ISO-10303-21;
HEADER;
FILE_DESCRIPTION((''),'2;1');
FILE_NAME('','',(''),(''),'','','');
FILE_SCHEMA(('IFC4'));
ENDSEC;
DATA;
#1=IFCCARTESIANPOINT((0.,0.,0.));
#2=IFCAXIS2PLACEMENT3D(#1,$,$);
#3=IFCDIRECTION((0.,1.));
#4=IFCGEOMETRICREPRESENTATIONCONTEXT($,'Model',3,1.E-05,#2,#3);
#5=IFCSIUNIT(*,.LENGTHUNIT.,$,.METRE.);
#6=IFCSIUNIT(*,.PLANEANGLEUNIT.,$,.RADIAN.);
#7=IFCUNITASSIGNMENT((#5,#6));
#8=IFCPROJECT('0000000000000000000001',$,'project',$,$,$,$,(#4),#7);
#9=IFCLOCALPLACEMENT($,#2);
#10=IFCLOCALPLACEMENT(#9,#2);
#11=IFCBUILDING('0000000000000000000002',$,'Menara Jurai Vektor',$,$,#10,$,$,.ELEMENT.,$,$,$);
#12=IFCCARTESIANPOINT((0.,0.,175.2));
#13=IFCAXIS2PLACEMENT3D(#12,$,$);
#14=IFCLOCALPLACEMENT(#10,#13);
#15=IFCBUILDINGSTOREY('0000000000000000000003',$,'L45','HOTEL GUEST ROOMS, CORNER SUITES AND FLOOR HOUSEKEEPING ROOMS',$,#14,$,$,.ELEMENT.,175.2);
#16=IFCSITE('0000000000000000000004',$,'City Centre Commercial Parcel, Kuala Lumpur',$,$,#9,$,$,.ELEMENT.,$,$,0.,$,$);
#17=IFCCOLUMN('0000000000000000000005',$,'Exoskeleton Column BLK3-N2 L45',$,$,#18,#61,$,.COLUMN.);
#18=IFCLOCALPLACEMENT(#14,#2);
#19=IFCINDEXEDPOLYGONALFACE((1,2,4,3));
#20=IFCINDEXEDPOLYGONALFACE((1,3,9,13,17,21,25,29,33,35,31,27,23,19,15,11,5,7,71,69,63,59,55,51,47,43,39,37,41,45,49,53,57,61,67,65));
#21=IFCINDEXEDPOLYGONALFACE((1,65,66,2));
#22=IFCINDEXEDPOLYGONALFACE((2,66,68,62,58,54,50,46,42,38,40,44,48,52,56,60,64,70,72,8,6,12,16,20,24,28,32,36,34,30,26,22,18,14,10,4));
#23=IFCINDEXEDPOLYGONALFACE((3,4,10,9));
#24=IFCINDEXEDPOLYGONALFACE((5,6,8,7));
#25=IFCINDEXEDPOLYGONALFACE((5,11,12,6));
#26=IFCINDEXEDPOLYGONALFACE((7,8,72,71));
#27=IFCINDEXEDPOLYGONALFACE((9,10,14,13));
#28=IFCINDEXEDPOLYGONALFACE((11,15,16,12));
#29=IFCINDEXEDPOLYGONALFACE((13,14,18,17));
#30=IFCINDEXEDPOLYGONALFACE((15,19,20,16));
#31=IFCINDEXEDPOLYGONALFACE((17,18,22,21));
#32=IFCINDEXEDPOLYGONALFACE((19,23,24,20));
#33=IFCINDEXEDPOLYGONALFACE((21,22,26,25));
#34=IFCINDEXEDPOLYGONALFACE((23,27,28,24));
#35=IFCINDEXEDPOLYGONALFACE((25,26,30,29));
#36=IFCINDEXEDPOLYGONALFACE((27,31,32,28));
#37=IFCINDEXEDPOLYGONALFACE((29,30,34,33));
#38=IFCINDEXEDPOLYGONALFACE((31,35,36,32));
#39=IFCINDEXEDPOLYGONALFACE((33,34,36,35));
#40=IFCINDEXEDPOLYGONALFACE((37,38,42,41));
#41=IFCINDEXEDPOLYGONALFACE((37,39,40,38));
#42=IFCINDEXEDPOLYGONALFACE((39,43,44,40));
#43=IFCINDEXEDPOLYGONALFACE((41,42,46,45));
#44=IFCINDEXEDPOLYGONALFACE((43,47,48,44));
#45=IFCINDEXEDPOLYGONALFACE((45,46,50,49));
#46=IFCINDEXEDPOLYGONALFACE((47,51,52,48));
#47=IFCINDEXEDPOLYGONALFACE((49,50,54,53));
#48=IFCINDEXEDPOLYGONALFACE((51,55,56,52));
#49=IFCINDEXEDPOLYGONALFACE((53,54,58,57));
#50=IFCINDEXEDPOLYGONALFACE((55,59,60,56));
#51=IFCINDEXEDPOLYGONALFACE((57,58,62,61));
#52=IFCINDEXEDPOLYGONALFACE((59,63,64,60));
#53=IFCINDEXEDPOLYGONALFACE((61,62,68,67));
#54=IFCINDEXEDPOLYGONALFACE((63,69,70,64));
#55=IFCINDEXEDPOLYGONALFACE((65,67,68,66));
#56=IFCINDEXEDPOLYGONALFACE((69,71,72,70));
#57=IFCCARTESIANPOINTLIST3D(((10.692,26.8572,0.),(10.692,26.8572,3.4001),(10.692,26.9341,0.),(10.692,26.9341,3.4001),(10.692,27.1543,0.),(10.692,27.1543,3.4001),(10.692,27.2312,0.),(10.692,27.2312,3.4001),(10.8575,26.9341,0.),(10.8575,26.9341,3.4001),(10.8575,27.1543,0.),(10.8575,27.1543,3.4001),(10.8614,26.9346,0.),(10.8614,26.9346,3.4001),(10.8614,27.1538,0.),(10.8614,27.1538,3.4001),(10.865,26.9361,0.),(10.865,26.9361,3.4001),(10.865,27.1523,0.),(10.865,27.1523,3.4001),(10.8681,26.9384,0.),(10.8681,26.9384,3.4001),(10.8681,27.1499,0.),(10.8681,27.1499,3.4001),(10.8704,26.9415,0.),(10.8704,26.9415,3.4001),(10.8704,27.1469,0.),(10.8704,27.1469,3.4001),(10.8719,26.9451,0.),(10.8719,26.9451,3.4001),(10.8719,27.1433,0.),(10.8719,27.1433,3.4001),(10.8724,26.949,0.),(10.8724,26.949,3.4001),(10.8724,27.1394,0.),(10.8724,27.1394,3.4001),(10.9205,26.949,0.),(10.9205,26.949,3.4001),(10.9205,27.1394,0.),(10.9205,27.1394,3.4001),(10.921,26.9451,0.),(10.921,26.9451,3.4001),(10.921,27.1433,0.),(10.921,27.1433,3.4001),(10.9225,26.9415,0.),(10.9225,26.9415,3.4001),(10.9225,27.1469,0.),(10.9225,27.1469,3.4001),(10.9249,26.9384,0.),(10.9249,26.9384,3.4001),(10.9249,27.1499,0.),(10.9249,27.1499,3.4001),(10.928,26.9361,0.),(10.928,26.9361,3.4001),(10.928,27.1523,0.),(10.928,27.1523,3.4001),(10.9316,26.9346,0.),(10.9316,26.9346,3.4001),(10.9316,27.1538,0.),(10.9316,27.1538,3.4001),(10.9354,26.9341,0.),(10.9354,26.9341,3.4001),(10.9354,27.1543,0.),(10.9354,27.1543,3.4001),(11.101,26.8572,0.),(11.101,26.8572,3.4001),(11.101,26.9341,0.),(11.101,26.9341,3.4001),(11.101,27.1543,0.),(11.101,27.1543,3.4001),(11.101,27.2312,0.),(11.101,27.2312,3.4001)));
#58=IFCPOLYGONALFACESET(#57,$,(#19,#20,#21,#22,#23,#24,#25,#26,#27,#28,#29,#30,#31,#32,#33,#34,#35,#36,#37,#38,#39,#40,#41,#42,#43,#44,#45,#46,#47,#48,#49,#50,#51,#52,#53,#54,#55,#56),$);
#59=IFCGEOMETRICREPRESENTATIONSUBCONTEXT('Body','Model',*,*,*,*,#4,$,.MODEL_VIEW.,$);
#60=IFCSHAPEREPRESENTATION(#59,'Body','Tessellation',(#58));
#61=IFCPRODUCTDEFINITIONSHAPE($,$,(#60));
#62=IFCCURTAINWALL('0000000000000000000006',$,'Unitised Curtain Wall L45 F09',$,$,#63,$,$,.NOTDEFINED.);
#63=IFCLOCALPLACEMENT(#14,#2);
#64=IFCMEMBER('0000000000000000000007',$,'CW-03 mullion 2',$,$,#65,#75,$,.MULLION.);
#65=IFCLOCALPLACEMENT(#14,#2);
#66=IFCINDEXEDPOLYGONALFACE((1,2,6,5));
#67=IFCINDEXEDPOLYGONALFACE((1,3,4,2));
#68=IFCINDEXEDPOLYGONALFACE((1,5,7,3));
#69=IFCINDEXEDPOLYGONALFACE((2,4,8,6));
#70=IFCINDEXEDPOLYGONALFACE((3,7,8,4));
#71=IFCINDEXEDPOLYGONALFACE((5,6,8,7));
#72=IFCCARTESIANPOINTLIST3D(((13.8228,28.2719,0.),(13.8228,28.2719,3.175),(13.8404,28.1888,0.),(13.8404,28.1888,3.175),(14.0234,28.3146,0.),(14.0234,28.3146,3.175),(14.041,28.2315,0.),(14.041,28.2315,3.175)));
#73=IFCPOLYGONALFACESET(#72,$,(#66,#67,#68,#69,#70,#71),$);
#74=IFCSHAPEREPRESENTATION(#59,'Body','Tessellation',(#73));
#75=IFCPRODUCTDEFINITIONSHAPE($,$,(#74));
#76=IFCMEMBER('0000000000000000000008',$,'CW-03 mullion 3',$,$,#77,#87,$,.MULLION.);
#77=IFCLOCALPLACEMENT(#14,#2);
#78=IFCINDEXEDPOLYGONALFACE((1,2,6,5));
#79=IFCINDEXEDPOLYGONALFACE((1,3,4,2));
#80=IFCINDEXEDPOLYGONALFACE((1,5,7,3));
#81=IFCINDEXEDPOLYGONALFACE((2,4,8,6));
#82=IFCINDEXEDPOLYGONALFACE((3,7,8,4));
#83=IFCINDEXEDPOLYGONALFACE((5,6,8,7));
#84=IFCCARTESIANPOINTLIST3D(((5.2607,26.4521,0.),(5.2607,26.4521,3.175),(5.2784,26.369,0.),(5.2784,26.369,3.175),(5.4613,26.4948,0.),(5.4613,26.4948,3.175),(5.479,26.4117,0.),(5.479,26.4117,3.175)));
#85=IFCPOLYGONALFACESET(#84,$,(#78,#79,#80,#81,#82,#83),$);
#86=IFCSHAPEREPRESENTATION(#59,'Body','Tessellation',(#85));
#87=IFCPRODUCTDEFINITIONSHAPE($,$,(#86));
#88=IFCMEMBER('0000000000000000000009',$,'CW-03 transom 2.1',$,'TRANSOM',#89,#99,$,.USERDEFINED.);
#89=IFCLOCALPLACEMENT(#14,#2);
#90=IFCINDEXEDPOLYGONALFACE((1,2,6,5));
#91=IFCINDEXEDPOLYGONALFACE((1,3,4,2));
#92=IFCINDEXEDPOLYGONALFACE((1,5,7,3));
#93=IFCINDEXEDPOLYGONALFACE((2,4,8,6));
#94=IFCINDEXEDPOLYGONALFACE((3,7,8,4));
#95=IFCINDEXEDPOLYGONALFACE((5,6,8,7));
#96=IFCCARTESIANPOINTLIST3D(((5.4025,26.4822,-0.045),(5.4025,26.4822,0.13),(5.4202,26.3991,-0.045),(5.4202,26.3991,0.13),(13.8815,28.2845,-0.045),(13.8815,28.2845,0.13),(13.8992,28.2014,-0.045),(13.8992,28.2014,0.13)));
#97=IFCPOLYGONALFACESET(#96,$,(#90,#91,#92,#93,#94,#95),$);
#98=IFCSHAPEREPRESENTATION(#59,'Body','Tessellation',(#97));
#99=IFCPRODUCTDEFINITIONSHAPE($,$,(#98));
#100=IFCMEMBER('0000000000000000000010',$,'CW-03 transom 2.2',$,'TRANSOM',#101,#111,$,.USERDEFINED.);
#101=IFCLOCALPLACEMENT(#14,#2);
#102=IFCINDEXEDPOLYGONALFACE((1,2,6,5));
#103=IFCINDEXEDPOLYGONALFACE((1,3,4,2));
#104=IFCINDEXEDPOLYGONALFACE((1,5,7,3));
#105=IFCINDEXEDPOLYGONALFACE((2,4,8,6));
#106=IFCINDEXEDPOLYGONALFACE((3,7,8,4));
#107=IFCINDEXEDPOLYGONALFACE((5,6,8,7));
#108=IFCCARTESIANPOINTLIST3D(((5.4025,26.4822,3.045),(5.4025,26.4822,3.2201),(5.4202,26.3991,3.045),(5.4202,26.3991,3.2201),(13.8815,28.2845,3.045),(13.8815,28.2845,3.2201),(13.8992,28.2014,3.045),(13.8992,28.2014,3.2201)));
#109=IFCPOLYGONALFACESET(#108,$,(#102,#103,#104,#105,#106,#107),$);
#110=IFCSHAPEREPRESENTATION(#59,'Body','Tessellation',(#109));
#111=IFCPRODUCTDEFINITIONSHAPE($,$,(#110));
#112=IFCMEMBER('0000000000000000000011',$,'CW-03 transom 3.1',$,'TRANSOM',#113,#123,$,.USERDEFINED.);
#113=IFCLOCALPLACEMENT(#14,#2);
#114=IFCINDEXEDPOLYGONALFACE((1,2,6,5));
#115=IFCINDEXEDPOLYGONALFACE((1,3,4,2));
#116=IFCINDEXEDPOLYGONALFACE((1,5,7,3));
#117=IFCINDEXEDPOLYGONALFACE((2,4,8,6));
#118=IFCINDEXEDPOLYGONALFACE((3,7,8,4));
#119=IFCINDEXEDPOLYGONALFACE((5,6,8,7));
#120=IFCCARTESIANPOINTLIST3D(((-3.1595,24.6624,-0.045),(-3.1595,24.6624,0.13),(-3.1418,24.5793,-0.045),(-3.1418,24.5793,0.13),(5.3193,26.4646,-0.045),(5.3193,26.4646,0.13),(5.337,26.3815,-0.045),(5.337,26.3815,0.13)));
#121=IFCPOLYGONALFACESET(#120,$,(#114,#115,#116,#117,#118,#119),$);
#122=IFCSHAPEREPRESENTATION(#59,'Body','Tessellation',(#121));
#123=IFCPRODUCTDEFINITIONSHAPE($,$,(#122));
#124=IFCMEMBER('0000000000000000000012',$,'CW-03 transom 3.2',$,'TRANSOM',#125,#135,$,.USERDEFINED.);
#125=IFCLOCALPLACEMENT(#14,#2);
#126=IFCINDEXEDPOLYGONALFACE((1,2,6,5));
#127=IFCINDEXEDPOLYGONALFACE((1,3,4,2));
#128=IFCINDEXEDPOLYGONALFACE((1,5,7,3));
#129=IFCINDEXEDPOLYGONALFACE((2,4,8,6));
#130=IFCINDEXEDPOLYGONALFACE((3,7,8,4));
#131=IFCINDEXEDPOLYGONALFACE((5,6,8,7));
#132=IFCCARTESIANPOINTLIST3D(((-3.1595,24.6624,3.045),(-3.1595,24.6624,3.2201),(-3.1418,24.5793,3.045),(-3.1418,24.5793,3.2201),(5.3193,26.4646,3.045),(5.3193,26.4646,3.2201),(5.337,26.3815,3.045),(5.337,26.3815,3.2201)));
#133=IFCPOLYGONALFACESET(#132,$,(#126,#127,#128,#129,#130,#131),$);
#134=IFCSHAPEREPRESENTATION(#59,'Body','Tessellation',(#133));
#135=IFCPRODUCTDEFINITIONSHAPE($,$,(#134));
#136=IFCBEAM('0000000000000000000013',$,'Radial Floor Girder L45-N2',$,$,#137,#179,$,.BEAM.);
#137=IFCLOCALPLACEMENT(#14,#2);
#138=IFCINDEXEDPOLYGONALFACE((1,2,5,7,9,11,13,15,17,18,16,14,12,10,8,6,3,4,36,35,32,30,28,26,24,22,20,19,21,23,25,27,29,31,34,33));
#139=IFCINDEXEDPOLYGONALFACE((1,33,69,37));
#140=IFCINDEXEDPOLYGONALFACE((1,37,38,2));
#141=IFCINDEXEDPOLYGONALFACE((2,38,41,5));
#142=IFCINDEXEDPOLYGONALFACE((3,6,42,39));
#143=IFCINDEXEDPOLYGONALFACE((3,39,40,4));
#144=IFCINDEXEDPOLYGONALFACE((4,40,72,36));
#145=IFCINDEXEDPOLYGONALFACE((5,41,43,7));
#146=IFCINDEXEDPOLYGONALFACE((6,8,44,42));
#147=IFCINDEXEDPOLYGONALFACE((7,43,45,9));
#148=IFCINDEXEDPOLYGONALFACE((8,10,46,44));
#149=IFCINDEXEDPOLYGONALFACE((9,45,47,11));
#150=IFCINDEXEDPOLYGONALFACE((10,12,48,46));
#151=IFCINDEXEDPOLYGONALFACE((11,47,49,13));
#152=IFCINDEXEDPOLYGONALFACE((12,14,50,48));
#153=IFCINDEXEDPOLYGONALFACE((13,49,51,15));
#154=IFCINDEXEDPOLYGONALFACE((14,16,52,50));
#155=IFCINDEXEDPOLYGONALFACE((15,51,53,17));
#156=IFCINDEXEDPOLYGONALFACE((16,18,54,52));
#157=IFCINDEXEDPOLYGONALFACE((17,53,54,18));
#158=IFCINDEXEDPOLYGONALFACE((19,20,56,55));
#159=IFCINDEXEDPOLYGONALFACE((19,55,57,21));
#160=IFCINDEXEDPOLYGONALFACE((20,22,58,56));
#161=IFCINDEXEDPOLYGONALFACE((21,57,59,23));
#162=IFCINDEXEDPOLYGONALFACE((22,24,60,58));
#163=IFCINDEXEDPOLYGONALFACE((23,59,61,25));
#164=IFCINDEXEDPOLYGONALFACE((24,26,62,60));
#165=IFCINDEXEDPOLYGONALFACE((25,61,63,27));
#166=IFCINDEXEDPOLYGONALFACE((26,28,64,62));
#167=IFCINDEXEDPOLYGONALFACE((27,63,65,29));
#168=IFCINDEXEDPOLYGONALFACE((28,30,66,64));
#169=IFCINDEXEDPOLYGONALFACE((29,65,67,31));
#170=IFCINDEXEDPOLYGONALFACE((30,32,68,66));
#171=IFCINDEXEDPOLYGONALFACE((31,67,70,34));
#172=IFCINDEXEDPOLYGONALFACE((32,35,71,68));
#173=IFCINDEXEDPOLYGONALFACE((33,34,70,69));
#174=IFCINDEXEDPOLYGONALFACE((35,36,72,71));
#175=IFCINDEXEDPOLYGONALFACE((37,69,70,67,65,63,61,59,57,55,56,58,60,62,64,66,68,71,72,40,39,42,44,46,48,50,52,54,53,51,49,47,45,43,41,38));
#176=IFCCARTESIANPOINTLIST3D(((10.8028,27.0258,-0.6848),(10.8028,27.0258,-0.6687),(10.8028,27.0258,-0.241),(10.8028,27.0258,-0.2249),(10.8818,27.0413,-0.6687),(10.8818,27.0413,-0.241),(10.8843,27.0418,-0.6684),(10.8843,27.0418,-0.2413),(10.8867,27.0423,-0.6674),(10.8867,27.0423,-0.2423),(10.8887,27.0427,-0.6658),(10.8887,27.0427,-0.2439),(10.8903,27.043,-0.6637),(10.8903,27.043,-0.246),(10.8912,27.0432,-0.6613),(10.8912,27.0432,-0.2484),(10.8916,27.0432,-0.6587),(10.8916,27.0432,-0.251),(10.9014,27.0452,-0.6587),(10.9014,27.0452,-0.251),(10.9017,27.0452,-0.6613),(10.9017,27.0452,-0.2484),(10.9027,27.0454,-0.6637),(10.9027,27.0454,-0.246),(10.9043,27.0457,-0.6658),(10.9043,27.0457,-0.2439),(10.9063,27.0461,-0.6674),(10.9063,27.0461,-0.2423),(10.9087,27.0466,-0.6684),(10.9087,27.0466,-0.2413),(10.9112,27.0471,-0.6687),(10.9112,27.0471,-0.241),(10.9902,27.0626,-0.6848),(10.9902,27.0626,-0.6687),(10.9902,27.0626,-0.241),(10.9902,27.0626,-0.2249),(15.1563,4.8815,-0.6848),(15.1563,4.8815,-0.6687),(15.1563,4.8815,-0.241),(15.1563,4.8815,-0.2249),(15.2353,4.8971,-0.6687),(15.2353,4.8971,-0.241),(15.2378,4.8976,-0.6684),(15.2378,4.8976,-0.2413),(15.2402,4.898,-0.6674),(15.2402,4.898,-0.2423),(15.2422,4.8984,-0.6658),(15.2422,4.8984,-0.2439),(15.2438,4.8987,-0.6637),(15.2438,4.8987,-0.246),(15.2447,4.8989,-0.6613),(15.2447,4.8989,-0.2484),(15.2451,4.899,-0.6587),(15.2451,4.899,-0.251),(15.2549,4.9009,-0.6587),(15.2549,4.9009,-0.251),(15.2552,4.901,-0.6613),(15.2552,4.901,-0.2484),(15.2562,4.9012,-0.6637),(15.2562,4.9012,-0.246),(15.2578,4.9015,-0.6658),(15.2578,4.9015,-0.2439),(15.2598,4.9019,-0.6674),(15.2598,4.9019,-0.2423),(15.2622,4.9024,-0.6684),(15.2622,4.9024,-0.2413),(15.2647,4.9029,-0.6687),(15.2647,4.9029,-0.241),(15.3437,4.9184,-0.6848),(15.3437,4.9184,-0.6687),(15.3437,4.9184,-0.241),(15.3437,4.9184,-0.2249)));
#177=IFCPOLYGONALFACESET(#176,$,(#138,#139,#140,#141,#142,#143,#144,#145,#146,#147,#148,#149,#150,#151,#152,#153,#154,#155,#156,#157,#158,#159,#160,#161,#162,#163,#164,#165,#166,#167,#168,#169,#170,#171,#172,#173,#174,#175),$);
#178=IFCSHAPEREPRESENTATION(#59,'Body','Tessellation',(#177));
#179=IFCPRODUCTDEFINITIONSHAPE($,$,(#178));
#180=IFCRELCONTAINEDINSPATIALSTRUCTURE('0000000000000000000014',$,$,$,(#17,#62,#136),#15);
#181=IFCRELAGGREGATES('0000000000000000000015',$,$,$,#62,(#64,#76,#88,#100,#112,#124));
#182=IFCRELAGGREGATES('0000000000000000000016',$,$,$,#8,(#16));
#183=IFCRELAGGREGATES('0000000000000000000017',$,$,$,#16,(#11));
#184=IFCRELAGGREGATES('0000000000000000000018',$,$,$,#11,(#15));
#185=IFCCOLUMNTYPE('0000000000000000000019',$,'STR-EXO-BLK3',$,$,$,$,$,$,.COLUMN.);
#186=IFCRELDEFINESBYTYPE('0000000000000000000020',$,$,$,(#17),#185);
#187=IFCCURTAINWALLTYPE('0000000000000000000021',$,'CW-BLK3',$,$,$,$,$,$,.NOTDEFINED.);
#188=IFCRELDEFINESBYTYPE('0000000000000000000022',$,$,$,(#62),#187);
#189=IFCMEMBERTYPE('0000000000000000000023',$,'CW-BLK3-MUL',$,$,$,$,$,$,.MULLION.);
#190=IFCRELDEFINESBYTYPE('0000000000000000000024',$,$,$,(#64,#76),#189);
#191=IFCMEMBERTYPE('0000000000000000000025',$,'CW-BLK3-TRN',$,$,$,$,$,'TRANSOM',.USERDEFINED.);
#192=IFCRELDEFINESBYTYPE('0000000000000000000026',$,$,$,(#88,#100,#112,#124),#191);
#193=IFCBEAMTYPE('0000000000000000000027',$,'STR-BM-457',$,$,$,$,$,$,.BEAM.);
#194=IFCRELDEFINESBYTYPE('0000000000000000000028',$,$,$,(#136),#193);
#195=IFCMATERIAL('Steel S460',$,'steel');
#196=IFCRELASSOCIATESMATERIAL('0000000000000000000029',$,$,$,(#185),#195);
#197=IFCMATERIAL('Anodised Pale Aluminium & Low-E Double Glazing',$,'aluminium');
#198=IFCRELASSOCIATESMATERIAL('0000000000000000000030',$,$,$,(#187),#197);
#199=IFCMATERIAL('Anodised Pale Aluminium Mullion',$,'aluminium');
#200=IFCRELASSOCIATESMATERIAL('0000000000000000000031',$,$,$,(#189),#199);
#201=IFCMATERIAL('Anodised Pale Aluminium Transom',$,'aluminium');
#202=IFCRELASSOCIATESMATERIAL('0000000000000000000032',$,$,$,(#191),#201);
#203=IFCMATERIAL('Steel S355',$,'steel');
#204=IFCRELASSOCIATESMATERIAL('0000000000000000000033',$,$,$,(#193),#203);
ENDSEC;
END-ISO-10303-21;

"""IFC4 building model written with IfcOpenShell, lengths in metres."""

from ifc_helpers import new_model, si_unit, direction, frame, origin, origin_2d, place, context, subcontext, project, spatial, rectangle, i_section, extrude, material, material_profile, profile_set, type_object, element, aggregate, save


model = new_model("IFC4")

# Units and contexts
model_context = context("Model", 3, precision=1e-05, world=origin(), true_north=direction((0.0, 1.0)))
body_context = subcontext(model_context, "Body", "Model", "MODEL_VIEW")
ifc_project = project(units=[si_unit("LENGTHUNIT", "METRE"), si_unit("PLANEANGLEUNIT", "RADIAN")], contexts=[model_context])

# Site, building, storey
site_placement = place(None, origin())
site = spatial("IfcSite", under=ifc_project, at=site_placement, Name="City Centre Commercial Parcel, Kuala Lumpur", CompositionType="ELEMENT", RefElevation=0.0)
building_placement = place(site_placement, origin())
building = spatial("IfcBuilding", under=site, at=building_placement, Name="Menara Jurai Vektor", CompositionType="ELEMENT")
storey_placement = place(building_placement, frame((0.0, 0.0, 175.2)))
storey = spatial("IfcBuildingStorey", under=building, at=storey_placement, Name="L45", Description="HOTEL GUEST ROOMS, CORNER SUITES AND FLOOR HOUSEKEEPING ROOMS", CompositionType="ELEMENT", Elevation=175.2)

# Column
ifc_material_1 = material(Name="Steel S460", Category="steel")
ifc_material_profile_1 = material_profile(ifc_material_1, i_section(OverallWidth=0.4089, OverallDepth=0.374, WebThickness=0.0481, FlangeThickness=0.0769, FilletRadius=0.0149, at=origin_2d()), Name="HD 400x634")
ifc_profile_set_1 = profile_set([ifc_material_profile_1], Name="Steel S460")
column_type = type_object("IfcColumnType", Name="STR-EXO-BLK3", PredefinedType="COLUMN", material=ifc_profile_set_1)
column_placement = place(storey_placement, frame((10.8965, 27.0442, 0.0), z_axis=(0.0, 0.0, 1.0), x_axis=(1.0, 0.0, 0.0)))
element("IfcColumn", 1, at=column_placement, inside=storey, type_object=column_type, Name="Exoskeleton Column BLK3-N2 L45", PredefinedType="COLUMN", context=body_context, shape_type="SweptSolid", body=[
    extrude(i_section(OverallWidth=0.4089, OverallDepth=0.374, WebThickness=0.0481, FlangeThickness=0.0769, FilletRadius=0.0149, at=origin_2d()), origin(), (0.0, 0.0, 1.0), 3.4001),
])

# Curtain wall, members
ifc_material_2 = material(Name="Anodised Pale Aluminium & Low-E Double Glazing", Category="aluminium")
curtain_wall_type = type_object("IfcCurtainWallType", Name="CW-BLK3", PredefinedType="NOTDEFINED", material=ifc_material_2)
curtain_wall_placement = place(storey_placement, origin())
curtain_wall = element("IfcCurtainWall", 2, at=curtain_wall_placement, inside=storey, type_object=curtain_wall_type, Name="Unitised Curtain Wall L45 F09", PredefinedType="NOTDEFINED")
ifc_material_3 = material(Name="Anodised Pale Aluminium Mullion", Category="aluminium")
ifc_material_profile_2 = material_profile(ifc_material_3, rectangle(XDim=0.085, YDim=0.2051, at=origin_2d()), Name="ALU MUL 85x205")
ifc_profile_set_2 = profile_set([ifc_material_profile_2], Name="Anodised Pale Aluminium Mullion")
member_type_1 = type_object("IfcMemberType", Name="CW-BLK3-MUL", PredefinedType="MULLION", material=ifc_profile_set_2)
member_1_placement = place(storey_placement, frame((13.9319, 28.2517, 0.0), z_axis=(0.0, 0.0, 1.0), x_axis=(0.207911, -0.978148, 0.0)))
member_1 = element("IfcMember", 3, at=member_1_placement, type_object=member_type_1, Name="CW-03 mullion 2", PredefinedType="MULLION", context=body_context, shape_type="SweptSolid", body=[
    extrude(rectangle(XDim=0.085, YDim=0.2051, at=origin_2d()), origin(), (0.0, 0.0, 1.0), 3.175),
])
member_2_placement = place(storey_placement, frame((5.3699, 26.4319, 0.0), z_axis=(0.0, 0.0, 1.0), x_axis=(0.207911, -0.978148, 0.0)))
member_2 = element("IfcMember", 4, at=member_2_placement, type_object=member_type_1, Name="CW-03 mullion 3", PredefinedType="MULLION", context=body_context, shape_type="SweptSolid", body=[
    extrude(rectangle(XDim=0.085, YDim=0.2051, at=origin_2d()), origin(), (0.0, 0.0, 1.0), 3.175),
])
ifc_material_4 = material(Name="Anodised Pale Aluminium Transom", Category="aluminium")
ifc_material_profile_3 = material_profile(ifc_material_4, rectangle(XDim=0.085, YDim=0.175, at=origin_2d()), Name="ALU TRN 85x175")
ifc_profile_set_3 = profile_set([ifc_material_profile_3], Name="Anodised Pale Aluminium Transom")
member_type_2 = type_object("IfcMemberType", Name="CW-BLK3-TRN", ElementType="TRANSOM", PredefinedType="USERDEFINED", material=ifc_profile_set_3)
member_3_placement = place(storey_placement, frame((13.8904, 28.2429, 0.0425), z_axis=(-0.978148, -0.207909, 0.0), x_axis=(0.207909, -0.978148, 0.0)))
member_3 = element("IfcMember", 5, at=member_3_placement, type_object=member_type_2, Name="CW-03 transom 2.1", ObjectType="TRANSOM", PredefinedType="USERDEFINED", context=body_context, shape_type="SweptSolid", body=[
    extrude(rectangle(XDim=0.085, YDim=0.175, at=origin_2d()), origin(), (0.0, 0.0, 1.0), 8.6685),
])
member_4_placement = place(storey_placement, frame((13.8904, 28.2429, 3.1326), z_axis=(-0.978148, -0.207909, 0.0), x_axis=(0.207909, -0.978148, 0.0)))
member_4 = element("IfcMember", 6, at=member_4_placement, type_object=member_type_2, Name="CW-03 transom 2.2", ObjectType="TRANSOM", PredefinedType="USERDEFINED", context=body_context, shape_type="SweptSolid", body=[
    extrude(rectangle(XDim=0.085, YDim=0.175, at=origin_2d()), origin(), (0.0, 0.0, 1.0), 8.6685),
])
member_5_placement = place(storey_placement, frame((5.3281, 26.4231, 0.0425), z_axis=(-0.978147, -0.207915, 0.0), x_axis=(0.207915, -0.978147, 0.0)))
member_5 = element("IfcMember", 7, at=member_5_placement, type_object=member_type_2, Name="CW-03 transom 3.1", ObjectType="TRANSOM", PredefinedType="USERDEFINED", context=body_context, shape_type="SweptSolid", body=[
    extrude(rectangle(XDim=0.085, YDim=0.175, at=origin_2d()), origin(), (0.0, 0.0, 1.0), 8.6682),
])
member_6_placement = place(storey_placement, frame((5.3281, 26.4231, 3.1326), z_axis=(-0.978147, -0.207915, 0.0), x_axis=(0.207915, -0.978147, 0.0)))
member_6 = element("IfcMember", 8, at=member_6_placement, type_object=member_type_2, Name="CW-03 transom 3.2", ObjectType="TRANSOM", PredefinedType="USERDEFINED", context=body_context, shape_type="SweptSolid", body=[
    extrude(rectangle(XDim=0.085, YDim=0.175, at=origin_2d()), origin(), (0.0, 0.0, 1.0), 8.6682),
])

# Beam
ifc_material_5 = material(Name="Steel S355", Category="steel")
ifc_material_profile_4 = material_profile(ifc_material_5, i_section(OverallWidth=0.1909, OverallDepth=0.46, WebThickness=0.01, FlangeThickness=0.0161, FilletRadius=0.01, at=origin_2d()), Name="UKB 457x191x82")
ifc_profile_set_4 = profile_set([ifc_material_profile_4], Name="Steel S355")
beam_type_1 = type_object("IfcBeamType", Name="STR-BM-457", PredefinedType="BEAM", material=ifc_profile_set_4)
beam_1_placement = place(storey_placement, frame((10.8965, 27.0442, -0.4548), z_axis=(0.192905, -0.981217, 0.0), x_axis=(0.981217, 0.192905, 0.0)))
element("IfcBeam", 9, at=beam_1_placement, inside=storey, type_object=beam_type_1, Name="Radial Floor Girder L45-N2", PredefinedType="BEAM", context=body_context, shape_type="SweptSolid", body=[
    extrude(i_section(OverallWidth=0.1909, OverallDepth=0.46, WebThickness=0.01, FlangeThickness=0.0161, FilletRadius=0.01, at=origin_2d()), origin(), (0.0, 0.0, 1.0), 22.5681),
])

aggregate(curtain_wall, [member_1, member_2, member_3, member_4, member_5, member_6])

save(model, "model.ifc")
